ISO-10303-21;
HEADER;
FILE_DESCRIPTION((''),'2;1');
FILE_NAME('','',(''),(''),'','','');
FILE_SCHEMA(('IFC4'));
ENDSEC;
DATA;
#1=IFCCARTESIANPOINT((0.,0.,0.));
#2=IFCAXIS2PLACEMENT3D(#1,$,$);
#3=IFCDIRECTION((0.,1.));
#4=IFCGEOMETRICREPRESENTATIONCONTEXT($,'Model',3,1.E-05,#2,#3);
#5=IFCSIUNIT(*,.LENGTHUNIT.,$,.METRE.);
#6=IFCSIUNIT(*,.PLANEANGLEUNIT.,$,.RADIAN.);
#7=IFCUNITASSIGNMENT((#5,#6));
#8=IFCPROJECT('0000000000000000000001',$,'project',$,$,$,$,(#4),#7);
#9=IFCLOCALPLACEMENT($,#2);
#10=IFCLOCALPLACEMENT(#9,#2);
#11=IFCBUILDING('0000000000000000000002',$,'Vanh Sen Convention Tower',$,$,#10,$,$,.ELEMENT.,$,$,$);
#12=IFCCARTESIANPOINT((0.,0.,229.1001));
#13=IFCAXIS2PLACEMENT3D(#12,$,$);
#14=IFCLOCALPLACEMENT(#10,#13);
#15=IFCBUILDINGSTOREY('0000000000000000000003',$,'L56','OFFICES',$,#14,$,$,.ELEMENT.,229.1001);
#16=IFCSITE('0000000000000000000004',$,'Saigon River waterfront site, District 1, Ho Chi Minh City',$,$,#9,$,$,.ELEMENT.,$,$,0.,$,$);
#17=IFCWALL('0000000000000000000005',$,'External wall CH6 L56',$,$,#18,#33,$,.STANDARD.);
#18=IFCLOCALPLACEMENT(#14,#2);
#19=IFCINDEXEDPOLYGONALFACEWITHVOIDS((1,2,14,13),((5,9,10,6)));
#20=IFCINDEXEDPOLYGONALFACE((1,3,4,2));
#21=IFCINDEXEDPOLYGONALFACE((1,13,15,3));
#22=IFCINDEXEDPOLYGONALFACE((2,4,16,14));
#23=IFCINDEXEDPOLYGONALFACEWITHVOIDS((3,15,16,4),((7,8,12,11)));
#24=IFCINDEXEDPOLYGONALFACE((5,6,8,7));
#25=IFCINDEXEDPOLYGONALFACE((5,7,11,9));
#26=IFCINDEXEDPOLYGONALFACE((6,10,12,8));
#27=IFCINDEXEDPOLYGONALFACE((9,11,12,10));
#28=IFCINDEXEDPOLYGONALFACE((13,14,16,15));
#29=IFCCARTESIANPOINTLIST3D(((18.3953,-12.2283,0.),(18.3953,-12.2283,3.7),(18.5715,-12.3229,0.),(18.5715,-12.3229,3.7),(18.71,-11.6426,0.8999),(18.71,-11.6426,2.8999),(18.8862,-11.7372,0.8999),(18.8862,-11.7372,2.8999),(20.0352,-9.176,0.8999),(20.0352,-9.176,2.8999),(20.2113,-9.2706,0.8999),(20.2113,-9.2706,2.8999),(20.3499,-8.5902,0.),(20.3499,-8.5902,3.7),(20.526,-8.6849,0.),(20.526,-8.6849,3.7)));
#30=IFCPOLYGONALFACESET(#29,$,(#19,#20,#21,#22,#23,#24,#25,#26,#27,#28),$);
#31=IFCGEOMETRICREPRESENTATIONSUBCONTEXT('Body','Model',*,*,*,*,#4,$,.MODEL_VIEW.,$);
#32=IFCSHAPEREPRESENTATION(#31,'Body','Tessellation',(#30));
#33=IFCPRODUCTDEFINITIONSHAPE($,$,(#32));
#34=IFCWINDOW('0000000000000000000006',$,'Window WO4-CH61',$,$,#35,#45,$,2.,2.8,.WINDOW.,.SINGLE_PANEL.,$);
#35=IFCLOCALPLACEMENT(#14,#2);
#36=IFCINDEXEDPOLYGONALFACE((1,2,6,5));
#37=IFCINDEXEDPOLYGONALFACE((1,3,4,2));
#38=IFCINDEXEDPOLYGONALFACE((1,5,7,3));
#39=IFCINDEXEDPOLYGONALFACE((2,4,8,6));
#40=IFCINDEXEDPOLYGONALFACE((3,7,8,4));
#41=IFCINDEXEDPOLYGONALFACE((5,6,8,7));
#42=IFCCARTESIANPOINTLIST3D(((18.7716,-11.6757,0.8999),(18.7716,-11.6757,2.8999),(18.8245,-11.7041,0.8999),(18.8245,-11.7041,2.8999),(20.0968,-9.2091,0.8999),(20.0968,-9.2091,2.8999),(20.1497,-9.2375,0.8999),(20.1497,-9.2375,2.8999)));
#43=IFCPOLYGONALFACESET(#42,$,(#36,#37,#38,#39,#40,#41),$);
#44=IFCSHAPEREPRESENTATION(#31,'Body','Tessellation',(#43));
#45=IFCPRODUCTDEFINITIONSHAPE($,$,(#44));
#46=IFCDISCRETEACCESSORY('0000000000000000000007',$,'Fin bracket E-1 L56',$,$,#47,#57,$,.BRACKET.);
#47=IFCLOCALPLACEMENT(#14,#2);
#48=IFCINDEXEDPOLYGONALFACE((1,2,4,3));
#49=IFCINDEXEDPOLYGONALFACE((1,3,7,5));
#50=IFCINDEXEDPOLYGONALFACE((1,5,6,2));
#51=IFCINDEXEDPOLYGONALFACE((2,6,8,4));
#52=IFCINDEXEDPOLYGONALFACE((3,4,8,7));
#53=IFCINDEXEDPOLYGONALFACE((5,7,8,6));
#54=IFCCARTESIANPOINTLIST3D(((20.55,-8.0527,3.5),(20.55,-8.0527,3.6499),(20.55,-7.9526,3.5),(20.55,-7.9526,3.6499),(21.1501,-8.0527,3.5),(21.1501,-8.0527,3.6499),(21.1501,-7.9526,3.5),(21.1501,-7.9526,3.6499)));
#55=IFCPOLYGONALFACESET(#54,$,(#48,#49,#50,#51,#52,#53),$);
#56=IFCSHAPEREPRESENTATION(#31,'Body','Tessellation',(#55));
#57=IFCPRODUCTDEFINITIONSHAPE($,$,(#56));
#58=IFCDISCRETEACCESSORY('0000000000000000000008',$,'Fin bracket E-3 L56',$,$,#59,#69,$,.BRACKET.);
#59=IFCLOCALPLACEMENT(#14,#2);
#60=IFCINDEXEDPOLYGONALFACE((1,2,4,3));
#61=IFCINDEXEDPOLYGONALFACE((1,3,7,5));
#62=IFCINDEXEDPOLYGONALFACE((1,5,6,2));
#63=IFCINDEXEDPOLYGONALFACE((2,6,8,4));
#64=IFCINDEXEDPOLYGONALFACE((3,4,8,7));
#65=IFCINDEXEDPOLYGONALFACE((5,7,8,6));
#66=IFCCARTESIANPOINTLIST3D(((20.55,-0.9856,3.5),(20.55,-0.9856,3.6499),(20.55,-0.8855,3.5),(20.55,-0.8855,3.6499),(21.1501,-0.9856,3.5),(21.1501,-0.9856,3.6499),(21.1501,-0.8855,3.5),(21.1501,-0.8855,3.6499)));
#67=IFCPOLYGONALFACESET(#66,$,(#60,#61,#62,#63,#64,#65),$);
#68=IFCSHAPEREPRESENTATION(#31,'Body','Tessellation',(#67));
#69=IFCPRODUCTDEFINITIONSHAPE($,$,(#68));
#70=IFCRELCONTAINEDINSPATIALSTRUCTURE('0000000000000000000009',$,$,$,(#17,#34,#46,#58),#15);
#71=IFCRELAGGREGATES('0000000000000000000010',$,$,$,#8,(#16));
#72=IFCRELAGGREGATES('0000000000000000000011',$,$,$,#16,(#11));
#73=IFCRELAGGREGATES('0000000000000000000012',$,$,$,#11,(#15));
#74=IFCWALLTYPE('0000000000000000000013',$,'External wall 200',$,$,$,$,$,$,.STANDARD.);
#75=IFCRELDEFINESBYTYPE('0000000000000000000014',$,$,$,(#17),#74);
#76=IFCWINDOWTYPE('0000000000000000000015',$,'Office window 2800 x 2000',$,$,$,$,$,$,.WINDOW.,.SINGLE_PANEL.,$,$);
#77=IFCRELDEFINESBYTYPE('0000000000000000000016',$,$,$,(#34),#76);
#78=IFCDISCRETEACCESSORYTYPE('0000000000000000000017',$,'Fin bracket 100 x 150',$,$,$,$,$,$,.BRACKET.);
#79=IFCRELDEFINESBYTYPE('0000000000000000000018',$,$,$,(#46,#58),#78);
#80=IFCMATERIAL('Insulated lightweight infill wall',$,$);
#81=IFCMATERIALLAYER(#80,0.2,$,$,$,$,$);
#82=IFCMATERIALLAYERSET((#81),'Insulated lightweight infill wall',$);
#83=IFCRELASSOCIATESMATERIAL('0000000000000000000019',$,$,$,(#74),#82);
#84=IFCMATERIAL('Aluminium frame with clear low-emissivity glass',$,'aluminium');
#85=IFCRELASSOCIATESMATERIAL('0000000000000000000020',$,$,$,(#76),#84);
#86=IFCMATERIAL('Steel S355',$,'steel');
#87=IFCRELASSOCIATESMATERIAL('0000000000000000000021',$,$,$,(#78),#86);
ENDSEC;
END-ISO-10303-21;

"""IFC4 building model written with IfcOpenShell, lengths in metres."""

from ifc_helpers import new_model, si_unit, direction, frame, frame_2d, origin, origin_2d, place, context, subcontext, project, spatial, rectangle, extrude, material, layer, layer_set, type_object, element, fill, save


model = new_model("IFC4")

# Units and contexts
model_context = context("Model", 3, precision=1e-05, world=origin(), true_north=direction((0.0, 1.0)))
body_context = subcontext(model_context, "Body", "Model", "MODEL_VIEW")
ifc_project = project(units=[si_unit("LENGTHUNIT", "METRE"), si_unit("PLANEANGLEUNIT", "RADIAN")], contexts=[model_context])

# Site, building, storey
site_placement = place(None, origin())
site = spatial("IfcSite", under=ifc_project, at=site_placement, Name="Saigon River waterfront site, District 1, Ho Chi Minh City", CompositionType="ELEMENT", RefElevation=0.0)
building_placement = place(site_placement, origin())
building = spatial("IfcBuilding", under=site, at=building_placement, Name="Vanh Sen Convention Tower", CompositionType="ELEMENT")
storey_placement = place(building_placement, frame((0.0, 0.0, 229.1001)))
storey = spatial("IfcBuildingStorey", under=building, at=storey_placement, Name="L56", Description="OFFICES", CompositionType="ELEMENT", Elevation=229.1001)

# Shared definitions
ifc_material_1 = material(Name="Insulated lightweight infill wall")
ifc_layer_1 = layer(ifc_material_1, 0.2)
ifc_layer_set_1 = layer_set([ifc_layer_1], Name="Insulated lightweight infill wall")
wall_type = type_object("IfcWallType", Name="External wall 200", PredefinedType="STANDARD", material=ifc_layer_set_1)
ifc_material_2 = material(Name="Aluminium frame with clear low-emissivity glass", Category="aluminium")

# Wall, opening, window
wall_1_placement = place(storey_placement, frame((18.4834, -12.2756, 0.0), z_axis=(0.0, 0.0, 1.0), x_axis=(0.473268, 0.880919, 0.0)))
wall_1 = element("IfcWall", 1, at=wall_1_placement, inside=storey, type_object=wall_type, Name="External wall CH6 L56", PredefinedType="STANDARD", context=body_context, shape_type="SweptSolid", body=[
    extrude(rectangle(XDim=4.1299, YDim=0.2, at=frame_2d((2.0649, 0.0))), origin(), (0.0, 0.0, 1.0), 3.7),
])
opening_1_placement = place(wall_1_placement, frame((0.665, 0.0, 0.8999)))
opening_1 = element("IfcOpeningElement", 2, at=opening_1_placement, cuts=wall_1, PredefinedType="OPENING", context=body_context, shape_type="SweptSolid", body=[
    extrude(rectangle(XDim=2.8, YDim=2.0, at=frame_2d((1.3999, 1.0))), frame((0.0, 0.1099, 0.0), z_axis=(0.0, -1.0, 0.0), x_axis=(1.0, 0.0, 0.0)), (0.0, 0.0, 1.0), 0.22),
])
window_type_1 = type_object("IfcWindowType", Name="Office window 2800 x 2000", PartitioningType="SINGLE_PANEL", PredefinedType="WINDOW", material=ifc_material_2)
window_1_placement = place(opening_1_placement, origin())
window_1 = element("IfcWindow", 3, at=window_1_placement, inside=storey, type_object=window_type_1, Name="Window WO4-CH61", OverallHeight=2.0, OverallWidth=2.8, PartitioningType="SINGLE_PANEL", PredefinedType="WINDOW", context=body_context, shape_type="SweptSolid", body=[
    extrude(rectangle(XDim=2.8, YDim=2.0, at=frame_2d((1.3999, 1.0))), frame((0.0, 0.03, 0.0), z_axis=(0.0, -1.0, 0.0), x_axis=(1.0, 0.0, 0.0)), (0.0, 0.0, 1.0), 0.0601),
])
fill(opening_1, window_1)

# Discrete accessories
ifc_material_3 = material(Name="Steel S355", Category="steel")
discrete_accessory_type = type_object("IfcDiscreteAccessoryType", Name="Fin bracket 100 x 150", PredefinedType="BRACKET", material=ifc_material_3)
for number, where, z_axis, x_axis, name in (
    (4, (20.8501, -8.0027, 3.5), (0.0, 0.0, 1.0), (1.0, 0.0, 0.0), "Fin bracket E-1 L56"),
    (5, (20.8501, -0.9355, 3.5), (0.0, 0.0, 1.0), (1.0, 0.0, 0.0), "Fin bracket E-3 L56"),
):
    element("IfcDiscreteAccessory", number, at=place(storey_placement, frame(where, z_axis=z_axis, x_axis=x_axis)), inside=storey, type_object=discrete_accessory_type, Name=name, PredefinedType="BRACKET", context=body_context, shape_type="SweptSolid", body=[
        extrude(rectangle(XDim=0.6001, YDim=0.1001, at=origin_2d()), origin(), (0.0, 0.0, 1.0), 0.1499),
    ])

save(model, "model.ifc")
